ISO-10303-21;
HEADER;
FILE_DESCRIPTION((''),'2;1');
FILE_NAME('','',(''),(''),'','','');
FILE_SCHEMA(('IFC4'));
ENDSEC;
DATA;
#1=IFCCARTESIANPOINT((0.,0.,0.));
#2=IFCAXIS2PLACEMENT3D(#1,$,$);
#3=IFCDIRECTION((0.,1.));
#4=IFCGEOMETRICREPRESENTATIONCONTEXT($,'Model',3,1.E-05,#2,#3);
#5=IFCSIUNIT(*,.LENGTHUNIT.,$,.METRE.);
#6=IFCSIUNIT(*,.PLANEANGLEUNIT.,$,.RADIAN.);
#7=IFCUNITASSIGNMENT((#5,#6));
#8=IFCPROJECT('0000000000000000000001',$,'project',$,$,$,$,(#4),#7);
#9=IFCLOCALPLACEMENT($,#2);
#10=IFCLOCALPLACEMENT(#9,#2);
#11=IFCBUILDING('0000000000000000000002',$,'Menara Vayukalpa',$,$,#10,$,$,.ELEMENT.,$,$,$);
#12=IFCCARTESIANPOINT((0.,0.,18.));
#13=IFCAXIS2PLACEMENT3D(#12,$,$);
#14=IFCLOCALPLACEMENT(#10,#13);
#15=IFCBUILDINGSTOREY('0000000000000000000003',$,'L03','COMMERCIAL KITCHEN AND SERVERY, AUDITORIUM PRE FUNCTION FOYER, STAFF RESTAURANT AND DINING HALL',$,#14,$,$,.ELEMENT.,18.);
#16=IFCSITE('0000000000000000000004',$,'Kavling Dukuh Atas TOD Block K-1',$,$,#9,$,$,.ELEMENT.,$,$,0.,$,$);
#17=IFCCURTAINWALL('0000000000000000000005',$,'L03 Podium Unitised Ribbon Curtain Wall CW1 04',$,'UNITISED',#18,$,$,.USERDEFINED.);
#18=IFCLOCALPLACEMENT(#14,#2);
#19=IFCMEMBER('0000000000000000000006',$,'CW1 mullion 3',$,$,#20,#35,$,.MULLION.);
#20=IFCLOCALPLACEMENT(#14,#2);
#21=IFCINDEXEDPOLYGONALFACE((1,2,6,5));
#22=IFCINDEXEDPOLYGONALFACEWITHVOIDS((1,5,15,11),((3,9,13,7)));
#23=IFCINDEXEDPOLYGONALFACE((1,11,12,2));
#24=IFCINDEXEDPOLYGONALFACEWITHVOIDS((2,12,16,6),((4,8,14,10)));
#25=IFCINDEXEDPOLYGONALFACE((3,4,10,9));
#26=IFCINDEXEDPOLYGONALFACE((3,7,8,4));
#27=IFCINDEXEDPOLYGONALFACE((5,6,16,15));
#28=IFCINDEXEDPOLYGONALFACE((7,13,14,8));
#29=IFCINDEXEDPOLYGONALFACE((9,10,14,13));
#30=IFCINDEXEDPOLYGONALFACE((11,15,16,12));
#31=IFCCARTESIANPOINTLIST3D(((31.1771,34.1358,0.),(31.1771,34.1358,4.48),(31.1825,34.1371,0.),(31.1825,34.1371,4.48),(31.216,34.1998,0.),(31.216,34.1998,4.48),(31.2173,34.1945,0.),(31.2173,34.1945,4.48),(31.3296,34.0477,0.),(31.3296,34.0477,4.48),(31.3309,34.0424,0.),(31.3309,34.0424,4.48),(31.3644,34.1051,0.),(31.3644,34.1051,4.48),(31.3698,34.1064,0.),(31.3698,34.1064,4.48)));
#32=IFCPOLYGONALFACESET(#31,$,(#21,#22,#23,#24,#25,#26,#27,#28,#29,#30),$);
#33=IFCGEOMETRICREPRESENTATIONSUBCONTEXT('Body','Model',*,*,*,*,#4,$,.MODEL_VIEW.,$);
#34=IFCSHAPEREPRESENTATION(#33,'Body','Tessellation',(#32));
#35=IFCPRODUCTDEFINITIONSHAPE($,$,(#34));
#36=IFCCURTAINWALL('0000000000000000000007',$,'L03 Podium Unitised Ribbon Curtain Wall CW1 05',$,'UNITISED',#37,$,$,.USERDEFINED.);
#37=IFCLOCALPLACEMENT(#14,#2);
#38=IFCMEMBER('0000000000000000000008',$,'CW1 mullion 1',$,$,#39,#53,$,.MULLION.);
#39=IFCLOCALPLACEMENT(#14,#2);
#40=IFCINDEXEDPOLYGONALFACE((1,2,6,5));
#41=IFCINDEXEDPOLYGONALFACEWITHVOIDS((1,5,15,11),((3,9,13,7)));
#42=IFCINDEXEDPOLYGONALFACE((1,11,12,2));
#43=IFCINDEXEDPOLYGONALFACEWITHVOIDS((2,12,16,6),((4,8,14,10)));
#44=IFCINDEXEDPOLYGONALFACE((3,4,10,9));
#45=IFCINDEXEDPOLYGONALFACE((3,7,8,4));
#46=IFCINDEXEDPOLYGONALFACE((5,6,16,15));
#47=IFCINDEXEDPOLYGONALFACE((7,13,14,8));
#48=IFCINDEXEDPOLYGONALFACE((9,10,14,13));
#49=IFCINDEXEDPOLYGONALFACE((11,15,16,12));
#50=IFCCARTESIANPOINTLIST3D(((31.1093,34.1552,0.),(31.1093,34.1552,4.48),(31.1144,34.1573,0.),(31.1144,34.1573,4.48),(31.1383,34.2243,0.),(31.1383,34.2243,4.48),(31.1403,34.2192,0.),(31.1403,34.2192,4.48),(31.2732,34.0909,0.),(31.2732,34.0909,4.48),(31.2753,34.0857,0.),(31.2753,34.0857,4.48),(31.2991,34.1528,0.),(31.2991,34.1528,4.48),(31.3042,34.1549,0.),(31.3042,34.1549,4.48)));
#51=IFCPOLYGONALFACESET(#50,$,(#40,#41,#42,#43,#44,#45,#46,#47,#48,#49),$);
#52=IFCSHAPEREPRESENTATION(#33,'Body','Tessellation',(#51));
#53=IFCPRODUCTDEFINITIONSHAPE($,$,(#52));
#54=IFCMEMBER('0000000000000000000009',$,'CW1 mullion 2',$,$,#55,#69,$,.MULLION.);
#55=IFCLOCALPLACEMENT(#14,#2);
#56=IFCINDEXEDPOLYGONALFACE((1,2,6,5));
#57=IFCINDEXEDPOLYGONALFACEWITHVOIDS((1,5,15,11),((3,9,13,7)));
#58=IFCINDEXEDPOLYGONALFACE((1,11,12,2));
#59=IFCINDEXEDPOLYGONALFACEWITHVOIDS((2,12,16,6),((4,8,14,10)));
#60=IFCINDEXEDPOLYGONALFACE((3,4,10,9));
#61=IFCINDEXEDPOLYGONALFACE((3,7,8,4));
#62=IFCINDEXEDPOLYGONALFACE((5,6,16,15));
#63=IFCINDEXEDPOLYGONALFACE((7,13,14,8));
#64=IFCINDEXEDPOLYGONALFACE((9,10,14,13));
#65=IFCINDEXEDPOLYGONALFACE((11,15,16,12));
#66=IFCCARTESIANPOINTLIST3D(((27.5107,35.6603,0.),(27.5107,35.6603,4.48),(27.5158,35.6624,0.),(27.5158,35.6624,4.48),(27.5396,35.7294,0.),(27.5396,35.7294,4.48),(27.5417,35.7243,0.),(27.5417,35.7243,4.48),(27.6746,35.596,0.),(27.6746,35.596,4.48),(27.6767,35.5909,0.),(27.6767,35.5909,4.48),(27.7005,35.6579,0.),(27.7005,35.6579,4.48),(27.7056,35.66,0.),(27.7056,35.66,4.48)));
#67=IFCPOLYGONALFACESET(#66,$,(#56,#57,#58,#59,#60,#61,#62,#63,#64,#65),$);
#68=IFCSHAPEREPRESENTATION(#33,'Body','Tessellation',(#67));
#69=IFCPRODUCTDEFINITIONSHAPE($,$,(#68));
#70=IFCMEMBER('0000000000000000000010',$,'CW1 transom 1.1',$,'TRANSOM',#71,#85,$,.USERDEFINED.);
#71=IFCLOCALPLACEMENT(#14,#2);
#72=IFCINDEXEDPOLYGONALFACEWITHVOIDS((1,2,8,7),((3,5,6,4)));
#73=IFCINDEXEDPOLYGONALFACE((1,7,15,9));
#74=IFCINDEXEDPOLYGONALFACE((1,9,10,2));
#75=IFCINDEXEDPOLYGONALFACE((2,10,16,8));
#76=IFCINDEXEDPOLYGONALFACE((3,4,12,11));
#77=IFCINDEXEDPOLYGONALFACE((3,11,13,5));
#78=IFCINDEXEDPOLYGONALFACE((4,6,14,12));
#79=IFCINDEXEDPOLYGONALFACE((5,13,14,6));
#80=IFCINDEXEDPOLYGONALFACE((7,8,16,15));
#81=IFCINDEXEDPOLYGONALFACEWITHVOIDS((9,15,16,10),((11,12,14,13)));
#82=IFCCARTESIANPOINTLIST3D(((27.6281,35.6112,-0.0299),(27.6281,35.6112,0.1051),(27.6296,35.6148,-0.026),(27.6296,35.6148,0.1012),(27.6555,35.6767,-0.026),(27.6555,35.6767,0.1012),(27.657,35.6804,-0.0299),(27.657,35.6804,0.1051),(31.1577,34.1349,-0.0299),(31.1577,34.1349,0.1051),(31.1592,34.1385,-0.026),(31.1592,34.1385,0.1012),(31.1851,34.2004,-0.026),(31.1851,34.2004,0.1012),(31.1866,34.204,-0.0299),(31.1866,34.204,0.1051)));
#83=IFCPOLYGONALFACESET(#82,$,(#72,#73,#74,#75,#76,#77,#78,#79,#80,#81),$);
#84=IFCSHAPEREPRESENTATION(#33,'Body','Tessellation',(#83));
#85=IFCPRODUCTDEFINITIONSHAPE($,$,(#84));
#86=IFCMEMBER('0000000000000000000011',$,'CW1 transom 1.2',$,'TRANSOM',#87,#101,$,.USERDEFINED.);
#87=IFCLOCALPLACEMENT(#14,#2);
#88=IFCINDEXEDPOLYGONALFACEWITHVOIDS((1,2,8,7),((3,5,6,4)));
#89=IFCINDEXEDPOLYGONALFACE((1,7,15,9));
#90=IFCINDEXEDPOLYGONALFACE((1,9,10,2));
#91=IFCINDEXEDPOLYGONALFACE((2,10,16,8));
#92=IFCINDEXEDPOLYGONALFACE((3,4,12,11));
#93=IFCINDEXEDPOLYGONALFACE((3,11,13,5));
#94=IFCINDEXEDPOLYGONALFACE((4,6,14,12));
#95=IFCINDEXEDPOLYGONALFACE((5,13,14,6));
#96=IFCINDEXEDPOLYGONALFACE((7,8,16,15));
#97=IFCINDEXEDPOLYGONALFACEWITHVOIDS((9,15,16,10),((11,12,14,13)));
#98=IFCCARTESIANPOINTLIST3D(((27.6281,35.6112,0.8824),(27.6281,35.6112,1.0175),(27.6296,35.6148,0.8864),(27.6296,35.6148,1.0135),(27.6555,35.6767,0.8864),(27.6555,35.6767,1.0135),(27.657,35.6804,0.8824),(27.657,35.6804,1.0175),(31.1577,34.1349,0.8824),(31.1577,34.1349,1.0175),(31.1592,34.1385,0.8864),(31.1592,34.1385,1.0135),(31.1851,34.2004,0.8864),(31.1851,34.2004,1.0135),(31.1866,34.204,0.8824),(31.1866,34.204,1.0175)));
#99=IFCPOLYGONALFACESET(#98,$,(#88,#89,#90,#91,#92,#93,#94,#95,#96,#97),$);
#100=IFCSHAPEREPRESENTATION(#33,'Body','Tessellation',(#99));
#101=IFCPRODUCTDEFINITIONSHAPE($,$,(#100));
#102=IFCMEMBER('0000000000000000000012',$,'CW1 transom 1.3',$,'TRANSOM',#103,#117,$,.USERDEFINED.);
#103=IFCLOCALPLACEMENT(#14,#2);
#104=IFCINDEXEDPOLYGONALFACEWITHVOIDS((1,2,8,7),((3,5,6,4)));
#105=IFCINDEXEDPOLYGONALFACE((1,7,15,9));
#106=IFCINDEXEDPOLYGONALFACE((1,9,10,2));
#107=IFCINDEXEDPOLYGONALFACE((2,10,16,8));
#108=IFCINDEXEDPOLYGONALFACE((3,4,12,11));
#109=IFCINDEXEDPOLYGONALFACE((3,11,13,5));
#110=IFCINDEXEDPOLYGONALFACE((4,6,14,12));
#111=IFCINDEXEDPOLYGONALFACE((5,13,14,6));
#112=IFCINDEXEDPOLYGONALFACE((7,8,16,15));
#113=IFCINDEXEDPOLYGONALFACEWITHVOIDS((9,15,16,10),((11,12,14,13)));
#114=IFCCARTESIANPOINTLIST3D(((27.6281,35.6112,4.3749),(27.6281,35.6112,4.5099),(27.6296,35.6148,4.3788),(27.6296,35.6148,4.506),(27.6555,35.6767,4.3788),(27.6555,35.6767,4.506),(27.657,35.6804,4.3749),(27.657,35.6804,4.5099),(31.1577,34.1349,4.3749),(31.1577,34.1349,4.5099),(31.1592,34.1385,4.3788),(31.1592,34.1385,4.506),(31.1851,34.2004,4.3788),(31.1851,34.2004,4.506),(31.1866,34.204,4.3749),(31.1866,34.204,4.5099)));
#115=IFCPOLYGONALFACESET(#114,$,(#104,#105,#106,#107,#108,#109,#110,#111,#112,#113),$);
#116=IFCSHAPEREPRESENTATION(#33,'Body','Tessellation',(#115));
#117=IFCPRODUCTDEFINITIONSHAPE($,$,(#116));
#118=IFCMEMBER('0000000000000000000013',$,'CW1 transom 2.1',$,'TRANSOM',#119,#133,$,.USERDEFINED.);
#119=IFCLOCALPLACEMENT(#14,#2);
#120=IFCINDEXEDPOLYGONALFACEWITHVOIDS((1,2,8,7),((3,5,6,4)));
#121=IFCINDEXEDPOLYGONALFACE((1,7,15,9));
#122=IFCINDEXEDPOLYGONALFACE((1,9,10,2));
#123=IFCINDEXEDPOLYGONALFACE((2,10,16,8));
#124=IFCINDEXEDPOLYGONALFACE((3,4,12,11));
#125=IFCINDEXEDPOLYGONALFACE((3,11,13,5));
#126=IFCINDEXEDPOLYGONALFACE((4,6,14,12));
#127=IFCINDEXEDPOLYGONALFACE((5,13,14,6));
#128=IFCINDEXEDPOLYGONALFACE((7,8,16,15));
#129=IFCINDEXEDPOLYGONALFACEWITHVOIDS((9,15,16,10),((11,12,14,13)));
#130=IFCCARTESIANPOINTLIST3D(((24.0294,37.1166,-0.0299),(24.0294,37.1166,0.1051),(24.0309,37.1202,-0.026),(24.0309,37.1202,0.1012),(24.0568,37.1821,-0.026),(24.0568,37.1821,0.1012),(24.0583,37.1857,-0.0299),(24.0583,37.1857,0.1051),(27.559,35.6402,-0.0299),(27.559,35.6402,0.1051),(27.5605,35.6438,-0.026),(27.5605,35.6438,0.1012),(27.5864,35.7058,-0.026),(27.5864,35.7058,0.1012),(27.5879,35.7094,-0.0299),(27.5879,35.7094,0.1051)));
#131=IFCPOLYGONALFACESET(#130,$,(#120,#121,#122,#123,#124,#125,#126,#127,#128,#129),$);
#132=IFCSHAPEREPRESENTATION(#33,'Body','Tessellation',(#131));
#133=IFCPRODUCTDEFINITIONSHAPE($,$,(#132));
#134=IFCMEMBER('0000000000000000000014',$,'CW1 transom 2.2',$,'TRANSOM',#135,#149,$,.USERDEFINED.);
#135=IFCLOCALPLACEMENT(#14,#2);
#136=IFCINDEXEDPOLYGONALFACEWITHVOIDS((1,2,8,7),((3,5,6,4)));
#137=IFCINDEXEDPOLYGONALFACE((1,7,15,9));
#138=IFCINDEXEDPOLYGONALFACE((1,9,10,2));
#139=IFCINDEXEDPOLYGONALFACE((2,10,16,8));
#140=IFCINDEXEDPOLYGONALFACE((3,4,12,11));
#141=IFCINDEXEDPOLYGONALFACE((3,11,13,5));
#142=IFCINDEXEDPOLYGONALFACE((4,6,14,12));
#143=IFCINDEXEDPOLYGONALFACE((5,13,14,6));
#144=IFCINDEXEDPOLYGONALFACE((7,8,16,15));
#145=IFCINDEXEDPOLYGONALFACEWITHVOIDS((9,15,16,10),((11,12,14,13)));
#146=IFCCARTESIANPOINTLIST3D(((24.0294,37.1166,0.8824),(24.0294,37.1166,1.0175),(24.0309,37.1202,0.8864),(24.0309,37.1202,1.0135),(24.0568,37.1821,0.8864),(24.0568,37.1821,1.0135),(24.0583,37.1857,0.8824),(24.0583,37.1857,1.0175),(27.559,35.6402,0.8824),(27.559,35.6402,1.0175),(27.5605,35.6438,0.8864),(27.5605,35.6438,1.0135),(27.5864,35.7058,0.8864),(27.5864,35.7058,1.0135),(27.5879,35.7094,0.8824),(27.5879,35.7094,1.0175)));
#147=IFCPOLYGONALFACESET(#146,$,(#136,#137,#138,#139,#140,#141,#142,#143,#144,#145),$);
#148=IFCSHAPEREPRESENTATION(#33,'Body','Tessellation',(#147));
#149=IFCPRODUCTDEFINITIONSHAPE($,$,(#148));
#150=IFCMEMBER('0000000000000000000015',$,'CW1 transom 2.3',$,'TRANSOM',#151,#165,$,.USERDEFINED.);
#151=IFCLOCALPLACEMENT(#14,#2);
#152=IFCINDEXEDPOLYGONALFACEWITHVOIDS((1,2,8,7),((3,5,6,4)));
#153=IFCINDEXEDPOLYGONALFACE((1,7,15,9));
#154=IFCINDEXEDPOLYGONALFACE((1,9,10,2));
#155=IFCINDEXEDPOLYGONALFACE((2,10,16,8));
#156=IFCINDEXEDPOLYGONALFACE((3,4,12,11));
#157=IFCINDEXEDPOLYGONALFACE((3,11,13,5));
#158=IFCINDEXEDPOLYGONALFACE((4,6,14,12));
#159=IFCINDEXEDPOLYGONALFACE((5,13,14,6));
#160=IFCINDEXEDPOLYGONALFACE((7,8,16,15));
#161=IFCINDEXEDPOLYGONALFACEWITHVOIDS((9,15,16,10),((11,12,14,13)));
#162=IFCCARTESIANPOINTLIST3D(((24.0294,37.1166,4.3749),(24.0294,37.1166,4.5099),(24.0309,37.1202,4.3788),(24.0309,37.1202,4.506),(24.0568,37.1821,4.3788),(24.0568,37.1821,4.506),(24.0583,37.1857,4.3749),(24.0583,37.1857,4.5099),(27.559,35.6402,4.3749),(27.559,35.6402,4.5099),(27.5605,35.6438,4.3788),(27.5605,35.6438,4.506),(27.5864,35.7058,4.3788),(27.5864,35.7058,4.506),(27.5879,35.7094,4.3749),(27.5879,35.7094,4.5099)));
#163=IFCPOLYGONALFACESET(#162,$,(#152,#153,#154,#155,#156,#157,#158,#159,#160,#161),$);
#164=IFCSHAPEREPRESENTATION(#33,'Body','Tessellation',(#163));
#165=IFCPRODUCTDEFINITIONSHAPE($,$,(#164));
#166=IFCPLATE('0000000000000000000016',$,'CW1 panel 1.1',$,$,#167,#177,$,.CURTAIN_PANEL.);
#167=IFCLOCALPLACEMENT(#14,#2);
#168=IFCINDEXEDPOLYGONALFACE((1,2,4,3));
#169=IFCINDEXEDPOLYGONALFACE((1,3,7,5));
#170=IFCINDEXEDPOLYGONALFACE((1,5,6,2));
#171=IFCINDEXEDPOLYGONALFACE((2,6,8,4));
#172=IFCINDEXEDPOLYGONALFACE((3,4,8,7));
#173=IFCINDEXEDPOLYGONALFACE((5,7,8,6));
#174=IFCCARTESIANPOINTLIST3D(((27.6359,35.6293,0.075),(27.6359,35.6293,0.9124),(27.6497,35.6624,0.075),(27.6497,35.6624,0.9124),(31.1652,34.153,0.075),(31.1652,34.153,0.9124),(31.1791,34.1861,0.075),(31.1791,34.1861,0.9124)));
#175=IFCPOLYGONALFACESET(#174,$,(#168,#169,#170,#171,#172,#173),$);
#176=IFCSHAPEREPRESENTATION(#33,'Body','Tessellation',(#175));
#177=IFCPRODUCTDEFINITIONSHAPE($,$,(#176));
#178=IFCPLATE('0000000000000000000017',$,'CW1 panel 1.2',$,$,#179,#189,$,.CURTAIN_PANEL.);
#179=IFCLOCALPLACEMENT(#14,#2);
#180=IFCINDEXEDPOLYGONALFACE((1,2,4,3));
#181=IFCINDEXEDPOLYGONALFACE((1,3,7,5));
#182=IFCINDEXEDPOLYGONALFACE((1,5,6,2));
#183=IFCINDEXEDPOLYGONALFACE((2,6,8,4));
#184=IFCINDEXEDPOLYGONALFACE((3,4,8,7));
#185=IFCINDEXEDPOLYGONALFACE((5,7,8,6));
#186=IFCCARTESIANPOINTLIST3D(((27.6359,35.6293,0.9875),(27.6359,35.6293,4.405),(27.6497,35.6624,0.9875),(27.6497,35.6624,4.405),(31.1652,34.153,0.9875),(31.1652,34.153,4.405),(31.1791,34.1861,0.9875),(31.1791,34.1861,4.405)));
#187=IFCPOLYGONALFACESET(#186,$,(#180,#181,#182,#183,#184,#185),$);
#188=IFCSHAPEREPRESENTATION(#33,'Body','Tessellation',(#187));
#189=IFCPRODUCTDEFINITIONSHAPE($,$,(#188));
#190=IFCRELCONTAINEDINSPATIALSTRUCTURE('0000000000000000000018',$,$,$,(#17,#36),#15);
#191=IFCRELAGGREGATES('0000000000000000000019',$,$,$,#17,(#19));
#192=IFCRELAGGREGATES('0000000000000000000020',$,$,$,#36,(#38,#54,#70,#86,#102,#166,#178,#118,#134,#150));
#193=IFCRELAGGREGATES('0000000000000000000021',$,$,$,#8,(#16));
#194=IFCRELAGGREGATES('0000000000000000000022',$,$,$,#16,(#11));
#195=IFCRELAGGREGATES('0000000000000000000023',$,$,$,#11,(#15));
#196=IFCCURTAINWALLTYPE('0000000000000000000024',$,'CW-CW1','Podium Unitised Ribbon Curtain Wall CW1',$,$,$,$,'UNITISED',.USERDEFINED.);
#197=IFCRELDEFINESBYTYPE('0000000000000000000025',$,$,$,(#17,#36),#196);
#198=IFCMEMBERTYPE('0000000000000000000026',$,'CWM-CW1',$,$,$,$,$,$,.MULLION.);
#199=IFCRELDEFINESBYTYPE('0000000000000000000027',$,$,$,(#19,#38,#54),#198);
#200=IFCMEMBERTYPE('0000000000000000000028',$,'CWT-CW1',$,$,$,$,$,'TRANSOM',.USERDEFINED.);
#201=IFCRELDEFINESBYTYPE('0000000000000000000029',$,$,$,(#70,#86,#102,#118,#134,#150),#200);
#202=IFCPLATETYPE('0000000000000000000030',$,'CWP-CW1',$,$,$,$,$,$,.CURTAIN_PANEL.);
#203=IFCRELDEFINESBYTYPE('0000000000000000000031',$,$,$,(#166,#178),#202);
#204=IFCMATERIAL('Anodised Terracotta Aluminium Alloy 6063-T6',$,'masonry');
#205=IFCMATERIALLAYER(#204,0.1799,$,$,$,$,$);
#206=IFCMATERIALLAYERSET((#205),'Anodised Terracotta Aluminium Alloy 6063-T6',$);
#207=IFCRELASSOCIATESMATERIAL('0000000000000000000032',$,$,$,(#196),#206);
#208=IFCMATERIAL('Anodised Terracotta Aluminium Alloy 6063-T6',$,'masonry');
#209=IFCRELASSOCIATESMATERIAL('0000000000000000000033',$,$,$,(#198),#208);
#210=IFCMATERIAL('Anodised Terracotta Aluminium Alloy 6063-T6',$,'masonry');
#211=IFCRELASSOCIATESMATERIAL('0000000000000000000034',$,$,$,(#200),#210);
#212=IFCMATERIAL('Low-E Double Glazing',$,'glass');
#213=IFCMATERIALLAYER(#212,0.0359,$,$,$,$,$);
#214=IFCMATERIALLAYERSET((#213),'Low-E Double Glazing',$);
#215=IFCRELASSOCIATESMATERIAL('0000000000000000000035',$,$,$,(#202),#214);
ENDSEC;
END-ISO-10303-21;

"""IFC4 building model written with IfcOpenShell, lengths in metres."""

from ifc_helpers import new_model, si_unit, direction, frame, origin, origin_2d, place, context, subcontext, project, spatial, rectangle, hollow_rectangle, extrude, material, layer, layer_set, material_profile, profile_set, type_object, element, aggregate, save


model = new_model("IFC4")

# Units and contexts
model_context = context("Model", 3, precision=1e-05, world=origin(), true_north=direction((0.0, 1.0)))
body_context = subcontext(model_context, "Body", "Model", "MODEL_VIEW")
ifc_project = project(units=[si_unit("LENGTHUNIT", "METRE"), si_unit("PLANEANGLEUNIT", "RADIAN")], contexts=[model_context])

# Site, building, storey
site_placement = place(None, origin())
site = spatial("IfcSite", under=ifc_project, at=site_placement, Name="Kavling Dukuh Atas TOD Block K-1", CompositionType="ELEMENT", RefElevation=0.0)
building_placement = place(site_placement, origin())
building = spatial("IfcBuilding", under=site, at=building_placement, Name="Menara Vayukalpa", CompositionType="ELEMENT")
storey_placement = place(building_placement, frame((0.0, 0.0, 18.0)))
storey = spatial("IfcBuildingStorey", under=building, at=storey_placement, Name="L03", Description="COMMERCIAL KITCHEN AND SERVERY, AUDITORIUM PRE FUNCTION FOYER, STAFF RESTAURANT AND DINING HALL", CompositionType="ELEMENT", Elevation=18.0)

# Curtain wall, member
ifc_material_1 = material(Name="Anodised Terracotta Aluminium Alloy 6063-T6", Category="masonry")
ifc_layer_1 = layer(ifc_material_1, 0.1799)
ifc_layer_set_1 = layer_set([ifc_layer_1], Name="Anodised Terracotta Aluminium Alloy 6063-T6")
curtain_wall_type = type_object("IfcCurtainWallType", Name="CW-CW1", Description="Podium Unitised Ribbon Curtain Wall CW1", ElementType="UNITISED", PredefinedType="USERDEFINED", material=ifc_layer_set_1)
curtain_wall_1_placement = place(storey_placement, origin())
curtain_wall_1 = element("IfcCurtainWall", 1, at=curtain_wall_1_placement, inside=storey, type_object=curtain_wall_type, Name="L03 Podium Unitised Ribbon Curtain Wall CW1 04", ObjectType="UNITISED", PredefinedType="USERDEFINED")
ifc_material_2 = material(Name="Anodised Terracotta Aluminium Alloy 6063-T6", Category="masonry")
ifc_material_profile_1 = material_profile(ifc_material_2, hollow_rectangle(XDim=0.075, YDim=0.1799, WallThickness=0.0039, at=origin_2d()), Name="ALU 75x180x4")
ifc_profile_set_1 = profile_set([ifc_material_profile_1], Name="Anodised Terracotta Aluminium Alloy 6063-T6")
member_type_1 = type_object("IfcMemberType", Name="CWM-CW1", PredefinedType="MULLION", material=ifc_profile_set_1)
member_1_placement = place(storey_placement, frame((31.2734, 34.1211, 0.0), z_axis=(0.0, 0.0, 1.0), x_axis=(-0.51918, -0.854665, 0.0)))
member_1 = element("IfcMember", 2, at=member_1_placement, type_object=member_type_1, Name="CW1 mullion 3", PredefinedType="MULLION", context=body_context, shape_type="SweptSolid", body=[
    extrude(hollow_rectangle(XDim=0.075, YDim=0.1799, WallThickness=0.0039, at=origin_2d()), origin(), (0.0, 0.0, 1.0), 4.48),
])
aggregate(curtain_wall_1, [member_1])

# Curtain wall, members, plates
curtain_wall_2_placement = place(storey_placement, origin())
curtain_wall_2 = element("IfcCurtainWall", 3, at=curtain_wall_2_placement, inside=storey, type_object=curtain_wall_type, Name="L03 Podium Unitised Ribbon Curtain Wall CW1 05", ObjectType="UNITISED", PredefinedType="USERDEFINED")
member_2_placement = place(storey_placement, frame((31.2068, 34.155, 0.0), z_axis=(0.0, 0.0, 1.0), x_axis=(-0.385891, -0.922545, 0.0)))
member_2 = element("IfcMember", 4, at=member_2_placement, type_object=member_type_1, Name="CW1 mullion 1", PredefinedType="MULLION", context=body_context, shape_type="SweptSolid", body=[
    extrude(hollow_rectangle(XDim=0.075, YDim=0.1799, WallThickness=0.0039, at=origin_2d()), origin(), (0.0, 0.0, 1.0), 4.48),
])
member_3_placement = place(storey_placement, frame((27.6082, 35.6602, 0.0), z_axis=(0.0, 0.0, 1.0), x_axis=(-0.385891, -0.922545, 0.0)))
member_3 = element("IfcMember", 5, at=member_3_placement, type_object=member_type_1, Name="CW1 mullion 2", PredefinedType="MULLION", context=body_context, shape_type="SweptSolid", body=[
    extrude(hollow_rectangle(XDim=0.075, YDim=0.1799, WallThickness=0.0039, at=origin_2d()), origin(), (0.0, 0.0, 1.0), 4.48),
])
ifc_material_3 = material(Name="Anodised Terracotta Aluminium Alloy 6063-T6", Category="masonry")
ifc_material_profile_2 = material_profile(ifc_material_3, hollow_rectangle(XDim=0.075, YDim=0.135, WallThickness=0.0039, at=origin_2d()), Name="ALU 75x135x4")
ifc_profile_set_2 = profile_set([ifc_material_profile_2], Name="Anodised Terracotta Aluminium Alloy 6063-T6")
member_type_2 = type_object("IfcMemberType", Name="CWT-CW1", ElementType="TRANSOM", PredefinedType="USERDEFINED", material=ifc_profile_set_2)
member_4_placement = place(storey_placement, frame((31.1721, 34.1694, 0.0376), z_axis=(-0.922549, 0.385879, 0.0), x_axis=(-0.385879, -0.922549, 0.0)))
member_4 = element("IfcMember", 6, at=member_4_placement, type_object=member_type_2, Name="CW1 transom 1.1", ObjectType="TRANSOM", PredefinedType="USERDEFINED", context=body_context, shape_type="SweptSolid", body=[
    extrude(hollow_rectangle(XDim=0.075, YDim=0.135, WallThickness=0.0039, at=origin_2d()), origin(), (0.0, 0.0, 1.0), 3.8259),
])
member_5_placement = place(storey_placement, frame((31.1721, 34.1694, 0.95), z_axis=(-0.922549, 0.385879, 0.0), x_axis=(-0.385879, -0.922549, 0.0)))
member_5 = element("IfcMember", 7, at=member_5_placement, type_object=member_type_2, Name="CW1 transom 1.2", ObjectType="TRANSOM", PredefinedType="USERDEFINED", context=body_context, shape_type="SweptSolid", body=[
    extrude(hollow_rectangle(XDim=0.075, YDim=0.135, WallThickness=0.0039, at=origin_2d()), origin(), (0.0, 0.0, 1.0), 3.8259),
])
member_6_placement = place(storey_placement, frame((31.1721, 34.1694, 4.4424), z_axis=(-0.922549, 0.385879, 0.0), x_axis=(-0.385879, -0.922549, 0.0)))
member_6 = element("IfcMember", 8, at=member_6_placement, type_object=member_type_2, Name="CW1 transom 1.3", ObjectType="TRANSOM", PredefinedType="USERDEFINED", context=body_context, shape_type="SweptSolid", body=[
    extrude(hollow_rectangle(XDim=0.075, YDim=0.135, WallThickness=0.0039, at=origin_2d()), origin(), (0.0, 0.0, 1.0), 3.8259),
])
member_7_placement = place(storey_placement, frame((27.5735, 35.6748, 0.0376), z_axis=(-0.922549, 0.385879, 0.0), x_axis=(-0.385879, -0.922549, 0.0)))
member_7 = element("IfcMember", 9, at=member_7_placement, type_object=member_type_2, Name="CW1 transom 2.1", ObjectType="TRANSOM", PredefinedType="USERDEFINED", context=body_context, shape_type="SweptSolid", body=[
    extrude(hollow_rectangle(XDim=0.075, YDim=0.135, WallThickness=0.0039, at=origin_2d()), origin(), (0.0, 0.0, 1.0), 3.8259),
])
member_8_placement = place(storey_placement, frame((27.5735, 35.6748, 0.95), z_axis=(-0.922549, 0.385879, 0.0), x_axis=(-0.385879, -0.922549, 0.0)))
member_8 = element("IfcMember", 10, at=member_8_placement, type_object=member_type_2, Name="CW1 transom 2.2", ObjectType="TRANSOM", PredefinedType="USERDEFINED", context=body_context, shape_type="SweptSolid", body=[
    extrude(hollow_rectangle(XDim=0.075, YDim=0.135, WallThickness=0.0039, at=origin_2d()), origin(), (0.0, 0.0, 1.0), 3.8259),
])
member_9_placement = place(storey_placement, frame((27.5735, 35.6748, 4.4424), z_axis=(-0.922549, 0.385879, 0.0), x_axis=(-0.385879, -0.922549, 0.0)))
member_9 = element("IfcMember", 11, at=member_9_placement, type_object=member_type_2, Name="CW1 transom 2.3", ObjectType="TRANSOM", PredefinedType="USERDEFINED", context=body_context, shape_type="SweptSolid", body=[
    extrude(hollow_rectangle(XDim=0.075, YDim=0.135, WallThickness=0.0039, at=origin_2d()), origin(), (0.0, 0.0, 1.0), 3.8259),
])
ifc_material_4 = material(Name="Low-E Double Glazing", Category="glass")
ifc_layer_2 = layer(ifc_material_4, 0.0359)
ifc_layer_set_2 = layer_set([ifc_layer_2], Name="Low-E Double Glazing")
plate_type = type_object("IfcPlateType", Name="CWP-CW1", PredefinedType="CURTAIN_PANEL", material=ifc_layer_set_2)
plate_1_placement = place(storey_placement, frame((29.4075, 34.9077, 0.075), z_axis=(0.0, 0.0, 1.0), x_axis=(-0.922545, 0.385891, 0.0)))
plate_1 = element("IfcPlate", 12, at=plate_1_placement, type_object=plate_type, Name="CW1 panel 1.1", PredefinedType="CURTAIN_PANEL", context=body_context, shape_type="SweptSolid", body=[
    extrude(rectangle(XDim=3.8257, YDim=0.0359, at=origin_2d()), origin(), (0.0, 0.0, 1.0), 0.8374),
])
plate_2_placement = place(storey_placement, frame((29.4075, 34.9077, 0.9875), z_axis=(0.0, 0.0, 1.0), x_axis=(-0.922545, 0.385891, 0.0)))
plate_2 = element("IfcPlate", 13, at=plate_2_placement, type_object=plate_type, Name="CW1 panel 1.2", PredefinedType="CURTAIN_PANEL", context=body_context, shape_type="SweptSolid", body=[
    extrude(rectangle(XDim=3.8257, YDim=0.0359, at=origin_2d()), origin(), (0.0, 0.0, 1.0), 3.4175),
])
aggregate(curtain_wall_2, [member_2, member_3, member_4, member_5, member_6, plate_1, plate_2, member_7, member_8, member_9])

save(model, "model.ifc")
